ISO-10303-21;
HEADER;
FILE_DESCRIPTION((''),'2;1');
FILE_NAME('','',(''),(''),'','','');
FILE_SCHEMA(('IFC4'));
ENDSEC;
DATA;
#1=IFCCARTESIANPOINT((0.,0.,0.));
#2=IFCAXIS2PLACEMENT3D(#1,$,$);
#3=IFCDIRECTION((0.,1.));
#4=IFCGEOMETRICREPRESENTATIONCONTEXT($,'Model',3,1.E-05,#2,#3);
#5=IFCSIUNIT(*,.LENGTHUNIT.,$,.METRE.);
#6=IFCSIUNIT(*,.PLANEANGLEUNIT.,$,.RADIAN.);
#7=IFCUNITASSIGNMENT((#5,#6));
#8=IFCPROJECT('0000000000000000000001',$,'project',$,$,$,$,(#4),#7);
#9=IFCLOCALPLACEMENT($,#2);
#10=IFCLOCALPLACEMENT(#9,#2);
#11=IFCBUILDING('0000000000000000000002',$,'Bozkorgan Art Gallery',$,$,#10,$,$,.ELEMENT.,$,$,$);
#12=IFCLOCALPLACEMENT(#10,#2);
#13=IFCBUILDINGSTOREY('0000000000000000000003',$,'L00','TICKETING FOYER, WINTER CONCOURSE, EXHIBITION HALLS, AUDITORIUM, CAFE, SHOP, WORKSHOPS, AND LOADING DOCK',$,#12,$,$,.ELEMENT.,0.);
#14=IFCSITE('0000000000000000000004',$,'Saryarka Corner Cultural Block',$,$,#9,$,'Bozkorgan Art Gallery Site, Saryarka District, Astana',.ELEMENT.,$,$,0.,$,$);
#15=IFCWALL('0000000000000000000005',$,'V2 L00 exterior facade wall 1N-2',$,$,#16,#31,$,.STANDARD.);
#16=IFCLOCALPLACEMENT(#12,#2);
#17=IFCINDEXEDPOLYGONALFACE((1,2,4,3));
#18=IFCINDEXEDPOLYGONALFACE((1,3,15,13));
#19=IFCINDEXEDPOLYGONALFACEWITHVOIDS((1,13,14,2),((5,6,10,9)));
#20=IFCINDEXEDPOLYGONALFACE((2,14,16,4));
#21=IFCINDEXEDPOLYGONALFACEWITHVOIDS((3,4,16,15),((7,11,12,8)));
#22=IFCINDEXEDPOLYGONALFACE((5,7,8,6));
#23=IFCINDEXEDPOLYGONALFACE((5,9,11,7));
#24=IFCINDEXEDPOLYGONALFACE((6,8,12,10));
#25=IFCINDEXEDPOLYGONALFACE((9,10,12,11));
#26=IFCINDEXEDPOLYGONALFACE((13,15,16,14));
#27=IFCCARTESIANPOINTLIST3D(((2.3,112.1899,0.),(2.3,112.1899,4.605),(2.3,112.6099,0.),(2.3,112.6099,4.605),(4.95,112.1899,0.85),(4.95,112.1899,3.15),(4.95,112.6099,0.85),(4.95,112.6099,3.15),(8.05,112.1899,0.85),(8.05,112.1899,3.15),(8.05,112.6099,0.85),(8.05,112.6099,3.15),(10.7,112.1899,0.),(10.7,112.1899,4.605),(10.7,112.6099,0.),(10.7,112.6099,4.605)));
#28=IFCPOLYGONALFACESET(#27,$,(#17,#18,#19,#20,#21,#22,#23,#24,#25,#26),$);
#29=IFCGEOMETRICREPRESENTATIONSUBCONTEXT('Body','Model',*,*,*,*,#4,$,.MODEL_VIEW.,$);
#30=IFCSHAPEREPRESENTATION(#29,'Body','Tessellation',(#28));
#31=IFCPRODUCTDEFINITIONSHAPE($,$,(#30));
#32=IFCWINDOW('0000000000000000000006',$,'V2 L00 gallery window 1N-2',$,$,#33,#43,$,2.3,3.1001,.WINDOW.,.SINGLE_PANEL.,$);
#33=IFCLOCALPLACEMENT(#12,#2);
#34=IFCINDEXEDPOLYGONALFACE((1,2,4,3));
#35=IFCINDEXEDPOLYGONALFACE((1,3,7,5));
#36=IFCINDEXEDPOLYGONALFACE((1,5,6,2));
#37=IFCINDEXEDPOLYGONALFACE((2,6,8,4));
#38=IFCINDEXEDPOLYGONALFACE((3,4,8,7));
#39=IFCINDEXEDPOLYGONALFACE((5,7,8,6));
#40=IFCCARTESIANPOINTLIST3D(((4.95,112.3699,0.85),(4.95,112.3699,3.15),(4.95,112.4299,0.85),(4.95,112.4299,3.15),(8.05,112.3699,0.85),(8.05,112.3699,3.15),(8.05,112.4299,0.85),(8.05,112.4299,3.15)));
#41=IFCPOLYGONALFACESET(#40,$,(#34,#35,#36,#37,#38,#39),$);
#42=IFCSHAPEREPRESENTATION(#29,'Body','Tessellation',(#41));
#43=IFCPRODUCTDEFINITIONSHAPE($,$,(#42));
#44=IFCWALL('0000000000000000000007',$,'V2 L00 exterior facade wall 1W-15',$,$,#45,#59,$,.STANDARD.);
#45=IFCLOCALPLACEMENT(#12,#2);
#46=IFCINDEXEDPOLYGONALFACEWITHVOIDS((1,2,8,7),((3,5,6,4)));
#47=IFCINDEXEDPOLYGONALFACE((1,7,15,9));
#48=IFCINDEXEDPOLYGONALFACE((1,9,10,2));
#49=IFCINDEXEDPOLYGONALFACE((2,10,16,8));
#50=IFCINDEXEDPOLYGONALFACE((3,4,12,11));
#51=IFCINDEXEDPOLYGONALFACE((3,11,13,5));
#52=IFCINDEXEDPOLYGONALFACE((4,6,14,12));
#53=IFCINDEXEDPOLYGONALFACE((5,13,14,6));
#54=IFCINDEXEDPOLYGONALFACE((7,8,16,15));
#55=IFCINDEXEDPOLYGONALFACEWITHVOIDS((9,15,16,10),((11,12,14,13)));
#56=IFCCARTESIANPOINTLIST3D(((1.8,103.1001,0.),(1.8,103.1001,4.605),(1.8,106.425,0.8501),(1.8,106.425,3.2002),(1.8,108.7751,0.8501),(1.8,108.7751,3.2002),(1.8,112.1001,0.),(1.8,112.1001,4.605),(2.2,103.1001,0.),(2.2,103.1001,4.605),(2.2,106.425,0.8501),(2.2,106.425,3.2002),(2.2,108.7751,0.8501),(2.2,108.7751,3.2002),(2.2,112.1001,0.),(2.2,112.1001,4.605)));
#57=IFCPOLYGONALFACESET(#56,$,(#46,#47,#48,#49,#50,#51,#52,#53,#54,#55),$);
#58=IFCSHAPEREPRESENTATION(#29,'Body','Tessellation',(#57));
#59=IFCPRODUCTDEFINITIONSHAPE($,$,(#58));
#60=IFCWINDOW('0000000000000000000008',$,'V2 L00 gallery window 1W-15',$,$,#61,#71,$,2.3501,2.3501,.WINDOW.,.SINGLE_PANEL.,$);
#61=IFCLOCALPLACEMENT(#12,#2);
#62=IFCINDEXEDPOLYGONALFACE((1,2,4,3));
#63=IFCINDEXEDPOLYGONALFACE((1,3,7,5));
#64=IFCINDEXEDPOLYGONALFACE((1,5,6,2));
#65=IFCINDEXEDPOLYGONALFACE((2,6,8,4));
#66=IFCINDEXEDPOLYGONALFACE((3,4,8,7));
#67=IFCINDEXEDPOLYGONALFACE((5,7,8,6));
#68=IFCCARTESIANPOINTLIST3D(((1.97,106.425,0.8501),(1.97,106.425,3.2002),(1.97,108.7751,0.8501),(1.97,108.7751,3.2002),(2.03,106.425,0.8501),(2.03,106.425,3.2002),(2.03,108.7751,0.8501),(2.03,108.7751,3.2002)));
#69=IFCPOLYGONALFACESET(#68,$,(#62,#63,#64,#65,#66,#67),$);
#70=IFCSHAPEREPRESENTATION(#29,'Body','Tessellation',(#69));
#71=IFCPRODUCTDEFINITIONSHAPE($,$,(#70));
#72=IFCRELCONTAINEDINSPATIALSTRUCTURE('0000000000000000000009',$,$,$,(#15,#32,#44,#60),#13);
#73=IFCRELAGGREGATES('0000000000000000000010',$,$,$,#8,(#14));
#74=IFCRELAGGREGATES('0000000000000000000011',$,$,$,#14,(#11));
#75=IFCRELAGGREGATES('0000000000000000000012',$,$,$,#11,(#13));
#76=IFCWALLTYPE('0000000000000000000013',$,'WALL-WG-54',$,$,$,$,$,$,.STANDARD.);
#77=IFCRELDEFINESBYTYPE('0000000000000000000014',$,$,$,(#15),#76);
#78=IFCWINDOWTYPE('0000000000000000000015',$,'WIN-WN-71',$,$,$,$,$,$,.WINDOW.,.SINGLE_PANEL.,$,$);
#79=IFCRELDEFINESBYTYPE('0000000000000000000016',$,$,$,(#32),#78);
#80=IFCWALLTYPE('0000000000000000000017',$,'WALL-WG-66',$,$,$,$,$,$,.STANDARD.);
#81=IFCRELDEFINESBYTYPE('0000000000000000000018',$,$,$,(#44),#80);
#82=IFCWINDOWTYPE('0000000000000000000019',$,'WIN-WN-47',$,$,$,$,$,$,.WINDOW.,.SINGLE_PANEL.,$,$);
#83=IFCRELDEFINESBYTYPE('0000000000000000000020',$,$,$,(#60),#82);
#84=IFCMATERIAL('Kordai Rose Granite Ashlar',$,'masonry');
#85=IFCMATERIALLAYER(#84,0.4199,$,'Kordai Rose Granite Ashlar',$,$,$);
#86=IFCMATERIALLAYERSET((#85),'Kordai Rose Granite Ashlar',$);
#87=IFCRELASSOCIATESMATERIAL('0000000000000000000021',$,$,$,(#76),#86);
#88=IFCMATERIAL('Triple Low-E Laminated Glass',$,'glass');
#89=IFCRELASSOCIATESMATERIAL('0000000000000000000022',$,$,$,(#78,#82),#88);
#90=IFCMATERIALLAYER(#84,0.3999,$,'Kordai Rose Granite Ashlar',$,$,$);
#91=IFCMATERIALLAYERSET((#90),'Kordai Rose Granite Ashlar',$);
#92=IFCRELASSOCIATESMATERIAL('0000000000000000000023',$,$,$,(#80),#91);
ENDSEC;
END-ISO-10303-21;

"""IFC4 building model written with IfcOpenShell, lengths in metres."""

from ifc_helpers import new_model, si_unit, direction, frame, frame_2d, origin, place, context, subcontext, project, spatial, rectangle, extrude, material, layer, layer_set, type_object, element, fill, save


model = new_model("IFC4")

# Units and contexts
model_context = context("Model", 3, precision=1e-05, world=origin(), true_north=direction((0.0, 1.0)))
body_context = subcontext(model_context, "Body", "Model", "MODEL_VIEW")
ifc_project = project(units=[si_unit("LENGTHUNIT", "METRE"), si_unit("PLANEANGLEUNIT", "RADIAN")], contexts=[model_context])

# Site, building, storey
site_placement = place(None, origin())
site = spatial("IfcSite", under=ifc_project, at=site_placement, Name="Saryarka Corner Cultural Block", LongName="Bozkorgan Art Gallery Site, Saryarka District, Astana", CompositionType="ELEMENT", RefElevation=0.0)
building_placement = place(site_placement, origin())
building = spatial("IfcBuilding", under=site, at=building_placement, Name="Bozkorgan Art Gallery", CompositionType="ELEMENT")
storey_placement = place(building_placement, origin())
storey = spatial("IfcBuildingStorey", under=building, at=storey_placement, Name="L00", Description="TICKETING FOYER, WINTER CONCOURSE, EXHIBITION HALLS, AUDITORIUM, CAFE, SHOP, WORKSHOPS, AND LOADING DOCK", CompositionType="ELEMENT", Elevation=0.0)

# Walls, openings, windows
ifc_material_1 = material(Name="Kordai Rose Granite Ashlar", Category="masonry")
ifc_layer_1 = layer(ifc_material_1, 0.4199, Name="Kordai Rose Granite Ashlar")
ifc_layer_set_1 = layer_set([ifc_layer_1], Name="Kordai Rose Granite Ashlar")
wall_type_1 = type_object("IfcWallType", Name="WALL-WG-54", PredefinedType="STANDARD", material=ifc_layer_set_1)
wall_1_placement = place(storey_placement, frame((2.3, 112.3999, 0.0), z_axis=(0.0, 0.0, 1.0), x_axis=(1.0, 0.0, 0.0)))
wall_1 = element("IfcWall", 1, at=wall_1_placement, inside=storey, type_object=wall_type_1, Name="V2 L00 exterior facade wall 1N-2", PredefinedType="STANDARD", context=body_context, shape_type="SweptSolid", body=[
    extrude(rectangle(XDim=8.3999, YDim=0.4199, at=frame_2d((4.2, 0.0))), origin(), (0.0, 0.0, 1.0), 4.605),
])
opening_1_placement = place(wall_1_placement, frame((2.6499, 0.0, 0.8501)))
opening_1 = element("IfcOpeningElement", 2, at=opening_1_placement, cuts=wall_1, PredefinedType="OPENING", context=body_context, shape_type="SweptSolid", body=[
    extrude(rectangle(XDim=3.1001, YDim=2.3, at=frame_2d((1.55, 1.1499))), frame((0.0, 0.22, 0.0), z_axis=(0.0, -1.0, 0.0), x_axis=(1.0, 0.0, 0.0)), (0.0, 0.0, 1.0), 0.4399),
])
ifc_material_2 = material(Name="Triple Low-E Laminated Glass", Category="glass")
window_type_1 = type_object("IfcWindowType", Name="WIN-WN-71", PartitioningType="SINGLE_PANEL", PredefinedType="WINDOW", material=ifc_material_2)
window_1_placement = place(opening_1_placement, origin())
window_1 = element("IfcWindow", 3, at=window_1_placement, inside=storey, type_object=window_type_1, Name="V2 L00 gallery window 1N-2", OverallHeight=2.3, OverallWidth=3.1001, PartitioningType="SINGLE_PANEL", PredefinedType="WINDOW", context=body_context, shape_type="SweptSolid", body=[
    extrude(rectangle(XDim=3.1001, YDim=2.3, at=frame_2d((1.55, 1.1499))), frame((0.0, 0.03, 0.0), z_axis=(0.0, -1.0, 0.0), x_axis=(1.0, 0.0, 0.0)), (0.0, 0.0, 1.0), 0.0601),
])
fill(opening_1, window_1)
ifc_layer_2 = layer(ifc_material_1, 0.3999, Name="Kordai Rose Granite Ashlar")
ifc_layer_set_2 = layer_set([ifc_layer_2], Name="Kordai Rose Granite Ashlar")
wall_type_2 = type_object("IfcWallType", Name="WALL-WG-66", PredefinedType="STANDARD", material=ifc_layer_set_2)
wall_2_placement = place(storey_placement, frame((2.0, 103.1001, 0.0), z_axis=(0.0, 0.0, 1.0), x_axis=(0.0, 1.0, 0.0)))
wall_2 = element("IfcWall", 4, at=wall_2_placement, inside=storey, type_object=wall_type_2, Name="V2 L00 exterior facade wall 1W-15", PredefinedType="STANDARD", context=body_context, shape_type="SweptSolid", body=[
    extrude(rectangle(XDim=9.0, YDim=0.3999, at=frame_2d((4.5, 0.0))), origin(), (0.0, 0.0, 1.0), 4.605),
])
opening_2_placement = place(wall_2_placement, frame((3.325, 0.0, 0.8501)))
opening_2 = element("IfcOpeningElement", 5, at=opening_2_placement, cuts=wall_2, PredefinedType="OPENING", context=body_context, shape_type="SweptSolid", body=[
    extrude(rectangle(XDim=2.3501, YDim=2.3501, at=frame_2d((1.175, 1.175))), frame((0.0, 0.21, 0.0), z_axis=(0.0, -1.0, 0.0), x_axis=(1.0, 0.0, 0.0)), (0.0, 0.0, 1.0), 0.4199),
])
window_type_2 = type_object("IfcWindowType", Name="WIN-WN-47", PartitioningType="SINGLE_PANEL", PredefinedType="WINDOW", material=ifc_material_2)
window_2_placement = place(opening_2_placement, origin())
window_2 = element("IfcWindow", 6, at=window_2_placement, inside=storey, type_object=window_type_2, Name="V2 L00 gallery window 1W-15", OverallHeight=2.3501, OverallWidth=2.3501, PartitioningType="SINGLE_PANEL", PredefinedType="WINDOW", context=body_context, shape_type="SweptSolid", body=[
    extrude(rectangle(XDim=2.3501, YDim=2.3501, at=frame_2d((1.175, 1.175))), frame((0.0, 0.03, 0.0), z_axis=(0.0, -1.0, 0.0), x_axis=(1.0, 0.0, 0.0)), (0.0, 0.0, 1.0), 0.0601),
])
fill(opening_2, window_2)

save(model, "model.ifc")
